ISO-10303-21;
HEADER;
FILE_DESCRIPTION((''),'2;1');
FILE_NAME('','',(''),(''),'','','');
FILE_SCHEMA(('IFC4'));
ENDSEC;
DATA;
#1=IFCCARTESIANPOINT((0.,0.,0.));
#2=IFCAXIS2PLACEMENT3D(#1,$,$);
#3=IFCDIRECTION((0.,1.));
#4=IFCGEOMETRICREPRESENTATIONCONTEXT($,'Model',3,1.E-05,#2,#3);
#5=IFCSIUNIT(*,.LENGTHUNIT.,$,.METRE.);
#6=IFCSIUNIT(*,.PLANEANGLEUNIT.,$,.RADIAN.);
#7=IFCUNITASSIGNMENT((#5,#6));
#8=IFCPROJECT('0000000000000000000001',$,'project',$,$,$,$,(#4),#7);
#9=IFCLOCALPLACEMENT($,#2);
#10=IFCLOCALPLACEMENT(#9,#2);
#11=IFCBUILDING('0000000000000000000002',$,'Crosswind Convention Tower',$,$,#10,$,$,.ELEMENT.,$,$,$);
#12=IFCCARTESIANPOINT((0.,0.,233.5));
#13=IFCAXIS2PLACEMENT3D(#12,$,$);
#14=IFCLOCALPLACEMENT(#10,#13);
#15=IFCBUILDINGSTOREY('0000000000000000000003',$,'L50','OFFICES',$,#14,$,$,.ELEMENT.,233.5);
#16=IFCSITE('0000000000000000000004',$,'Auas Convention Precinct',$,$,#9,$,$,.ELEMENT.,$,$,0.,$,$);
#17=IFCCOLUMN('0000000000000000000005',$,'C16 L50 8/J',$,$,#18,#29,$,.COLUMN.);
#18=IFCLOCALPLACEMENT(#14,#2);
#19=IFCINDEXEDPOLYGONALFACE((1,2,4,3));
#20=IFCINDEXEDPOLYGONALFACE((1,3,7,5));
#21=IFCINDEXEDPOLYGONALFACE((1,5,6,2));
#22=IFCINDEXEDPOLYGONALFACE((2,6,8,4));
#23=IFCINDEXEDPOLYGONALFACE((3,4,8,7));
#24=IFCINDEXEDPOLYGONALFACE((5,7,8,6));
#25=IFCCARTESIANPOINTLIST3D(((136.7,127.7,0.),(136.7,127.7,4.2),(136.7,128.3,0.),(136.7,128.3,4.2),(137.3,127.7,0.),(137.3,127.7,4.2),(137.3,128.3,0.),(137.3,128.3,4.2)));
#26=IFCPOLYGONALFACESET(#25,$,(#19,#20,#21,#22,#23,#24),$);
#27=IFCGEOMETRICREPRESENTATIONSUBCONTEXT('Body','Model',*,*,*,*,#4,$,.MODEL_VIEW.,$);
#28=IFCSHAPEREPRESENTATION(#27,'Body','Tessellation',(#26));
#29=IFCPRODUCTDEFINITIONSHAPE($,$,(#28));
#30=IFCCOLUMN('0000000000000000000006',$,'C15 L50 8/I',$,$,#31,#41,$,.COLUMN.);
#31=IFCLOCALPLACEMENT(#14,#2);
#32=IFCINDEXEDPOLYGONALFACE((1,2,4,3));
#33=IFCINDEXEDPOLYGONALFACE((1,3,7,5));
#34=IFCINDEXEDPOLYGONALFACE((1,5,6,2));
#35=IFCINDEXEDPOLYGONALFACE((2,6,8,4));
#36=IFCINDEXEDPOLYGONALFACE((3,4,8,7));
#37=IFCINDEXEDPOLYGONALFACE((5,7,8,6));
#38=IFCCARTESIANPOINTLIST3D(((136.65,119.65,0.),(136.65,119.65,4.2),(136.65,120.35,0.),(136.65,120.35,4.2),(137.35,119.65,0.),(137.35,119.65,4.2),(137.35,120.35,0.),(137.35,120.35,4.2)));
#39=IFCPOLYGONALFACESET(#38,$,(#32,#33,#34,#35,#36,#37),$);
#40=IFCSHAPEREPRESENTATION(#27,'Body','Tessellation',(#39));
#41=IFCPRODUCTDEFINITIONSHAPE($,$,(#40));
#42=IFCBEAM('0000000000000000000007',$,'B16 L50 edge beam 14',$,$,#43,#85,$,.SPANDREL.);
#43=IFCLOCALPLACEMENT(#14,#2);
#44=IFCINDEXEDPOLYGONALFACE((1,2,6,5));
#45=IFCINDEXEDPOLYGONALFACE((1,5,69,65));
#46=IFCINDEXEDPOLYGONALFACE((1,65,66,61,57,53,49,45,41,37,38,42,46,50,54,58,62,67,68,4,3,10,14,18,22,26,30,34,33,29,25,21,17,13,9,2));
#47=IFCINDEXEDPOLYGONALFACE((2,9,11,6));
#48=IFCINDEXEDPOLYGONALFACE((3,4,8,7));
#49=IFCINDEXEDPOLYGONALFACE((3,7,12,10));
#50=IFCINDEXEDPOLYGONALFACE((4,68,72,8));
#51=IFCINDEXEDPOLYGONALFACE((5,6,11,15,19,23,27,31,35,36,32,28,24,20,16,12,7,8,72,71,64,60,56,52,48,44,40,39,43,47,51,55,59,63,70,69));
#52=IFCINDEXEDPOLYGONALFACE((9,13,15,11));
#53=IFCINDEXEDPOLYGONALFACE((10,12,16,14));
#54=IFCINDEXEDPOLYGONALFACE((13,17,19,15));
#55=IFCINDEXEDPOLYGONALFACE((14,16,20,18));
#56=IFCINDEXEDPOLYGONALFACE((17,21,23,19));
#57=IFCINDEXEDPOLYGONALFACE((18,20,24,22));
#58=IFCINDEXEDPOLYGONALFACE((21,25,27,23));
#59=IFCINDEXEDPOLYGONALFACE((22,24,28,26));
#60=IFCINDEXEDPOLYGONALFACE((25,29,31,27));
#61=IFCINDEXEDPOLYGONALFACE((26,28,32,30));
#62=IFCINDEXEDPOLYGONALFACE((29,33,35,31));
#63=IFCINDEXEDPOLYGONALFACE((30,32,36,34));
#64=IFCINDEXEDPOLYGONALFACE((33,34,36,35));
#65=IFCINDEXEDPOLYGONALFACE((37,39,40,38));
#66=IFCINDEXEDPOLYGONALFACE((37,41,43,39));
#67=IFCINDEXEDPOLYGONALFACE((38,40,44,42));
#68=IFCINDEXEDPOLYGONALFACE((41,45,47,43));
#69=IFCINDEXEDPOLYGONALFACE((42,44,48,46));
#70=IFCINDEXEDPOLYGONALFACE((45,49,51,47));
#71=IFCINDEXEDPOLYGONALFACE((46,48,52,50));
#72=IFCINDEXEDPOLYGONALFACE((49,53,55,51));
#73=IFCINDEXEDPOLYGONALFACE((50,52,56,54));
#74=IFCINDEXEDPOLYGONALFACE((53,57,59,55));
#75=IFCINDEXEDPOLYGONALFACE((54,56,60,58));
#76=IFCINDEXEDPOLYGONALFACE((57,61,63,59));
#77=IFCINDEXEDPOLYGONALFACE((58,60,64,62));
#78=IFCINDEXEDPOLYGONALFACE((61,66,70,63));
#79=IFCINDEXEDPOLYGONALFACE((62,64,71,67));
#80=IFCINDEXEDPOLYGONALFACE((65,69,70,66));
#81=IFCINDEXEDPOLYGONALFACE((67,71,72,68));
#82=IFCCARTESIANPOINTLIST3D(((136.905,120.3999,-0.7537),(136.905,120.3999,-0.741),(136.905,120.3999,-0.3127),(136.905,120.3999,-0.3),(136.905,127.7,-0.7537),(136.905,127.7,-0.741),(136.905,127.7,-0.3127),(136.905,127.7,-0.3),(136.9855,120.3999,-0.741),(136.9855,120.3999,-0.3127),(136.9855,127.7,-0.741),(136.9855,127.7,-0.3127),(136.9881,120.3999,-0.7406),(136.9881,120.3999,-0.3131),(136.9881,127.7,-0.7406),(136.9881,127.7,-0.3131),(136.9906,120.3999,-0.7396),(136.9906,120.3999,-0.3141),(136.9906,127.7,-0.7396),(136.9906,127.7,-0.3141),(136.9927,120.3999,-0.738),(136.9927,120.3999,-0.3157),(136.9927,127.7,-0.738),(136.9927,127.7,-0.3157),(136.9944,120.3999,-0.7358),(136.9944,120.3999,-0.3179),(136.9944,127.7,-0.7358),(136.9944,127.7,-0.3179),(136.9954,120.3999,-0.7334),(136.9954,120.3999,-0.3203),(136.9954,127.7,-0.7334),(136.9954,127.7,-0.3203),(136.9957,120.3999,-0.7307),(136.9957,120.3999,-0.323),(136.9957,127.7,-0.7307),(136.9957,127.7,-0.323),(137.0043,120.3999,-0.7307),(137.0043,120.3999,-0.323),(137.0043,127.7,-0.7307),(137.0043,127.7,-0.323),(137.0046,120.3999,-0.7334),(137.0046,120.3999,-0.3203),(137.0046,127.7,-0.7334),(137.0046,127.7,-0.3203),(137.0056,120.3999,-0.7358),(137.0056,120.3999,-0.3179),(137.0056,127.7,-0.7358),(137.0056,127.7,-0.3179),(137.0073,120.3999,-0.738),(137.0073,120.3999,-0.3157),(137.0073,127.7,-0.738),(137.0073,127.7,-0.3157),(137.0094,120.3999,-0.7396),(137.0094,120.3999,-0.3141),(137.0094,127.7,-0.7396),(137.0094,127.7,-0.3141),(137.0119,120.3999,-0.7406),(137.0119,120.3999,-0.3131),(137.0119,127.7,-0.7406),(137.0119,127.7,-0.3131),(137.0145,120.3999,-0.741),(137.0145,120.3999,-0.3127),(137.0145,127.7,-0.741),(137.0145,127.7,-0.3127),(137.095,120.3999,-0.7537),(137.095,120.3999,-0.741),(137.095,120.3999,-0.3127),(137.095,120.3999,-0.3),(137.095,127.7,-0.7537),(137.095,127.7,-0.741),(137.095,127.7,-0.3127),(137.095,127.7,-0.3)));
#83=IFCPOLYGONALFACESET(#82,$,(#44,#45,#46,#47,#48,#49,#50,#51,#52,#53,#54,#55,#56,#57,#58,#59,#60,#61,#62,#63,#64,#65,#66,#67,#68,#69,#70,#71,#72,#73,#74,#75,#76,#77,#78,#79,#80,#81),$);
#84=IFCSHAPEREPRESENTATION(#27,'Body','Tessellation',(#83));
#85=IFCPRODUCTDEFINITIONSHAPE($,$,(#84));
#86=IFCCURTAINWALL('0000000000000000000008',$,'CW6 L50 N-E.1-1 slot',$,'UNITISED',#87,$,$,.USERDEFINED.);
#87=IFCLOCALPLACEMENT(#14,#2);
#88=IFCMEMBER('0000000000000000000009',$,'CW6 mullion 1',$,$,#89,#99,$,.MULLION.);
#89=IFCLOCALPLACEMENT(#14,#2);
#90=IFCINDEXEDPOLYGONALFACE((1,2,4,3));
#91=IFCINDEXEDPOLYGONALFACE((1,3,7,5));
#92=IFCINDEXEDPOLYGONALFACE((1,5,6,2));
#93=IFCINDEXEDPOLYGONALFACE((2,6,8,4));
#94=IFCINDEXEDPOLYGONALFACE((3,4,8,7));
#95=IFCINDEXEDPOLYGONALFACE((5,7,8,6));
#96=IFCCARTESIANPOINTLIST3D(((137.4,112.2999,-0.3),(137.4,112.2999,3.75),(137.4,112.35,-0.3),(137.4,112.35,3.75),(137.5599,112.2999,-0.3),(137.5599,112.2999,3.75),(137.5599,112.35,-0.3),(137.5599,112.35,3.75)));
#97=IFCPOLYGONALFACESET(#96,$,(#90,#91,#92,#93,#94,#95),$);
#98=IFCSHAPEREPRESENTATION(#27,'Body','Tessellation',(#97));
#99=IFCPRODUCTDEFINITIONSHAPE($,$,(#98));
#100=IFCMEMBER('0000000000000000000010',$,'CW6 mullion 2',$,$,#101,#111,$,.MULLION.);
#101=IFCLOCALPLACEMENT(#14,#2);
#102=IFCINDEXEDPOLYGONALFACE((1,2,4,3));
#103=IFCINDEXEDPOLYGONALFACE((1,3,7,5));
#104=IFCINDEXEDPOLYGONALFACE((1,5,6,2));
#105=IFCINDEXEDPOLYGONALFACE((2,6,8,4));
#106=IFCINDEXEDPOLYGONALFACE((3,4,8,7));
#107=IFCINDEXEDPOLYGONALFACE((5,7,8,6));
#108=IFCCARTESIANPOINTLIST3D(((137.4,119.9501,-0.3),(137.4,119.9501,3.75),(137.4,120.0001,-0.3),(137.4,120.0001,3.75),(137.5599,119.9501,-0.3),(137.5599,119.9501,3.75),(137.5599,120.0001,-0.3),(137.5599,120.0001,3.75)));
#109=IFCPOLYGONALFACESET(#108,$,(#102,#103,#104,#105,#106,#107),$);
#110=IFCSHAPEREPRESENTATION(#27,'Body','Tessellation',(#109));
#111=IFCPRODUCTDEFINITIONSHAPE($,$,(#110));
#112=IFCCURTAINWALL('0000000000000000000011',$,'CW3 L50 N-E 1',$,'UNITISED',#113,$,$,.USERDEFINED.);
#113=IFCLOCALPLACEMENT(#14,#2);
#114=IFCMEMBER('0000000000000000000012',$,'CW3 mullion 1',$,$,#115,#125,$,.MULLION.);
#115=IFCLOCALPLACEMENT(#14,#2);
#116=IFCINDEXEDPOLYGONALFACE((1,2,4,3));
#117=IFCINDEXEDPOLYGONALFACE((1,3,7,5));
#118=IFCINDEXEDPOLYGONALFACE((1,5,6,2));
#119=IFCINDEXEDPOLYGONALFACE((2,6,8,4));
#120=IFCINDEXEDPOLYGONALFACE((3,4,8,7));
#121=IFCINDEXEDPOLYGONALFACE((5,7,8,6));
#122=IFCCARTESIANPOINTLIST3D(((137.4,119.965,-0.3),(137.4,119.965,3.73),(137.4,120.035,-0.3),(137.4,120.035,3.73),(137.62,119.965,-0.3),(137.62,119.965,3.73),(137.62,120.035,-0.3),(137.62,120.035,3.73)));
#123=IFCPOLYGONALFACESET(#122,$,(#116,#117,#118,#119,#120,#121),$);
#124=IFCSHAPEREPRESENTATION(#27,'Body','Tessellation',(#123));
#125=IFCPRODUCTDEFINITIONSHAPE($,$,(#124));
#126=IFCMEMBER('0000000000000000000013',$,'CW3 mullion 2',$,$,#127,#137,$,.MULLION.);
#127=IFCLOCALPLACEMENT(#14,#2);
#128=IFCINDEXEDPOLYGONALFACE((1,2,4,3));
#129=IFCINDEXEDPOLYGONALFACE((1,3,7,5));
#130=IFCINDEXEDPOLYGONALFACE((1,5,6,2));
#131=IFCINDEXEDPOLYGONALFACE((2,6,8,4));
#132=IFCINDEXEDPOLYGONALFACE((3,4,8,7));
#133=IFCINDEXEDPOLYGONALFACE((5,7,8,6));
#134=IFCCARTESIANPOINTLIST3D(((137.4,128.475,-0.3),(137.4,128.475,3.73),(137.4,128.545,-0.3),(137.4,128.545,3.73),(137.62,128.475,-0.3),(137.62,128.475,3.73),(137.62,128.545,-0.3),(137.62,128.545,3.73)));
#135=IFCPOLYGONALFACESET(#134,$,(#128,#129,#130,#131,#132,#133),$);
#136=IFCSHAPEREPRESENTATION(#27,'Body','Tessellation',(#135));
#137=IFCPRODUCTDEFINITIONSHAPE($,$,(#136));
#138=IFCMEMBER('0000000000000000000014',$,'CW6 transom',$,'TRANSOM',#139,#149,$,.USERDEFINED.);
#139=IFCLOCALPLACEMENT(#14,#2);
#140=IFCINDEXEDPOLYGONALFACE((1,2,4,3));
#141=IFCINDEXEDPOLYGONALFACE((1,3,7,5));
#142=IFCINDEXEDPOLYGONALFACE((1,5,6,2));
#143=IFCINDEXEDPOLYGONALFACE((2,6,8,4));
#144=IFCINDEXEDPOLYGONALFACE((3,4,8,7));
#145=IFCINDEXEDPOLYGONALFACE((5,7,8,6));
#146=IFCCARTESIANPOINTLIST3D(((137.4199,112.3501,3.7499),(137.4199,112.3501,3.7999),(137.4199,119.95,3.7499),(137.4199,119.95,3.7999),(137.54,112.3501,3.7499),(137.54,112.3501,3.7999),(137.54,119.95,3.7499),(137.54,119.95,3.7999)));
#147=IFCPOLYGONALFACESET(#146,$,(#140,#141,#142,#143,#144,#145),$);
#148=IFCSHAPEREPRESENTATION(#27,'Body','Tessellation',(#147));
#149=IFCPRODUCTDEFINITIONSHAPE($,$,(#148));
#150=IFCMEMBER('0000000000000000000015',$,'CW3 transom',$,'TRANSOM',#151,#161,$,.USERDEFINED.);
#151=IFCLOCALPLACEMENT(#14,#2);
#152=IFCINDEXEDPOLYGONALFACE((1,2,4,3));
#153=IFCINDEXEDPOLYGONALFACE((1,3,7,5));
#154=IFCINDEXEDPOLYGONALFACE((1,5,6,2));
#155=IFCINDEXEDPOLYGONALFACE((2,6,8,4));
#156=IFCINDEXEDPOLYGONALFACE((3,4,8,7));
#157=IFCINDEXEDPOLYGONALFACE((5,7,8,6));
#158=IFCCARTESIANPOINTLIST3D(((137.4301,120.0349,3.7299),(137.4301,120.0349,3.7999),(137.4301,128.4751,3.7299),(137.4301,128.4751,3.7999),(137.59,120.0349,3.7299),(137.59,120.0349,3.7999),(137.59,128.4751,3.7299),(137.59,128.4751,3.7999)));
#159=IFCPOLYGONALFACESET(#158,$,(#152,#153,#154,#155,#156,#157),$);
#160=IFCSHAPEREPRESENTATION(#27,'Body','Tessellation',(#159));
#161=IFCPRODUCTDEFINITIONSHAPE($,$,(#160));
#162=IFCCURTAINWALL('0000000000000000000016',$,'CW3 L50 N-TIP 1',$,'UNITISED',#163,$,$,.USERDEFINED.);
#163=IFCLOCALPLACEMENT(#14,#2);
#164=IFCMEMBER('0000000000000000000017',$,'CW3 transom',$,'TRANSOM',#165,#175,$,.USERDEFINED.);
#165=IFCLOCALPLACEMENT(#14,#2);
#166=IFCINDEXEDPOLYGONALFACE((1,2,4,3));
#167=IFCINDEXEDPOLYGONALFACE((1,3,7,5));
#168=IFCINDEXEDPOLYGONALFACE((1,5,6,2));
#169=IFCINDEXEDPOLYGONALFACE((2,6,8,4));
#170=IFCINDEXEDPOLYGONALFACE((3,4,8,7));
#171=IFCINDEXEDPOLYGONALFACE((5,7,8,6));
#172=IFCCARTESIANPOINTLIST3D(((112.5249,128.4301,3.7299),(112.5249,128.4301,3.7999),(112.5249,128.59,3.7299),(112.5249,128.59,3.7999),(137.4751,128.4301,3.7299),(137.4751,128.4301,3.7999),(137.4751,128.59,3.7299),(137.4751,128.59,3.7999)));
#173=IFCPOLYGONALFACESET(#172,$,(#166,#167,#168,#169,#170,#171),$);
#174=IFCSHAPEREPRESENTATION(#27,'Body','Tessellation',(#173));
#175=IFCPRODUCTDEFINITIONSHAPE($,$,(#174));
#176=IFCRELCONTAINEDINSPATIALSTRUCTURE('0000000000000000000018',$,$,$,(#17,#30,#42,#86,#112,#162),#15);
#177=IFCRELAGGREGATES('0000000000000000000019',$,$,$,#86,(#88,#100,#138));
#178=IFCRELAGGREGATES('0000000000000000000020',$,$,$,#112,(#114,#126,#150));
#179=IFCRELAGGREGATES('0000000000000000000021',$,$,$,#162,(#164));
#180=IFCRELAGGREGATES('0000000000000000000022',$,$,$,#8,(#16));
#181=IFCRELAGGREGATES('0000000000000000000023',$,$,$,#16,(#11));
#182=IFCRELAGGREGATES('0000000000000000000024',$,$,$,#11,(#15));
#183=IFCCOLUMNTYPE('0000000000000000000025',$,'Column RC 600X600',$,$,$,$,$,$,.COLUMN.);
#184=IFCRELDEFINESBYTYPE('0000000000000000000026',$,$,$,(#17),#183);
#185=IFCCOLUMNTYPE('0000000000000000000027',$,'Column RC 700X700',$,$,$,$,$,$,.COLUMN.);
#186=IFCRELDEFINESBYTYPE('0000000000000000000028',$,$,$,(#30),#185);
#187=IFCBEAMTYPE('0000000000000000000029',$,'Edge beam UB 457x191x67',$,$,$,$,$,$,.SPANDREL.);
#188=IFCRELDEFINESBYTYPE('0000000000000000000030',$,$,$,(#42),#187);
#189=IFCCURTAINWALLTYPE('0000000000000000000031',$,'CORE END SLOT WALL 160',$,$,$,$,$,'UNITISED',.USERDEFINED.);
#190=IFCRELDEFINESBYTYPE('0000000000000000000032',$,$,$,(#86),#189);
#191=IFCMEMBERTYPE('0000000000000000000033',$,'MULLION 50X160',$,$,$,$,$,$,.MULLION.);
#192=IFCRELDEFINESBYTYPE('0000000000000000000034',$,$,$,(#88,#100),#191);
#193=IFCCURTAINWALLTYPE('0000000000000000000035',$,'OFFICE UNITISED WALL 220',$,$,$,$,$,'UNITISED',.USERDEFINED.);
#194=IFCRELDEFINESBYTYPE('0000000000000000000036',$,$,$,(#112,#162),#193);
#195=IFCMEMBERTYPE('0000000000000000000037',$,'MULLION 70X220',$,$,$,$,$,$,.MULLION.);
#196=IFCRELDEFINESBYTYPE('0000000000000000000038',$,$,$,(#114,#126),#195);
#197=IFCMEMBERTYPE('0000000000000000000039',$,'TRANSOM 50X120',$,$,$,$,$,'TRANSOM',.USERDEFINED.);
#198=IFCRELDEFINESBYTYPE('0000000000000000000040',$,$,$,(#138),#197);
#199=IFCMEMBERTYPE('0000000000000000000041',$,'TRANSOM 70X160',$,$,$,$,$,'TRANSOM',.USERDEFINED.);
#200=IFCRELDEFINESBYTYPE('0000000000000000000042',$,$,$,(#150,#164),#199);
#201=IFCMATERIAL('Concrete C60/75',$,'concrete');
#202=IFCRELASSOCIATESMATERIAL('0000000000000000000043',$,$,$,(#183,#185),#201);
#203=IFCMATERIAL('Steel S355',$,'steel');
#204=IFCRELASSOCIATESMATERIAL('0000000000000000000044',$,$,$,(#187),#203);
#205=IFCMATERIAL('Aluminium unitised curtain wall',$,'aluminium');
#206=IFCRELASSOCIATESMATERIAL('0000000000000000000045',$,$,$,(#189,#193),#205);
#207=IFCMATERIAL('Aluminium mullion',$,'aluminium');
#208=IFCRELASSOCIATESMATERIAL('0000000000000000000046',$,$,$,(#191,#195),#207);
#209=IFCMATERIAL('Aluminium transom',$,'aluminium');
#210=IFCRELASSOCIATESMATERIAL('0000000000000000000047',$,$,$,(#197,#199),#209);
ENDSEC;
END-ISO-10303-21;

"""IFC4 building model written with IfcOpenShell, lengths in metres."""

from ifc_helpers import new_model, si_unit, direction, frame, origin, origin_2d, place, context, subcontext, project, spatial, rectangle, i_section, extrude, material, material_profile, profile_set, type_object, element, aggregate, save


model = new_model("IFC4")

# Units and contexts
model_context = context("Model", 3, precision=1e-05, world=origin(), true_north=direction((0.0, 1.0)))
body_context = subcontext(model_context, "Body", "Model", "MODEL_VIEW")
ifc_project = project(units=[si_unit("LENGTHUNIT", "METRE"), si_unit("PLANEANGLEUNIT", "RADIAN")], contexts=[model_context])

# Site, building, storey
site_placement = place(None, origin())
site = spatial("IfcSite", under=ifc_project, at=site_placement, Name="Auas Convention Precinct", CompositionType="ELEMENT", RefElevation=0.0)
building_placement = place(site_placement, origin())
building = spatial("IfcBuilding", under=site, at=building_placement, Name="Crosswind Convention Tower", CompositionType="ELEMENT")
storey_placement = place(building_placement, frame((0.0, 0.0, 233.5)))
storey = spatial("IfcBuildingStorey", under=building, at=storey_placement, Name="L50", Description="OFFICES", CompositionType="ELEMENT", Elevation=233.5)

# Columns
ifc_material_1 = material(Name="Concrete C60/75", Category="concrete")
ifc_material_profile_1 = material_profile(ifc_material_1, rectangle(XDim=0.6001, YDim=0.6001, at=origin_2d()), Name="RC 600X600")
ifc_profile_set_1 = profile_set([ifc_material_profile_1], Name="Concrete C60/75")
column_type_1 = type_object("IfcColumnType", Name="Column RC 600X600", PredefinedType="COLUMN", material=ifc_profile_set_1)
column_1_placement = place(storey_placement, frame((137.0, 128.0, 0.0), z_axis=(0.0, 0.0, 1.0), x_axis=(1.0, 0.0, 0.0)))
element("IfcColumn", 1, at=column_1_placement, inside=storey, type_object=column_type_1, Name="C16 L50 8/J", PredefinedType="COLUMN", context=body_context, shape_type="SweptSolid", body=[
    extrude(rectangle(XDim=0.6001, YDim=0.6001, at=origin_2d()), origin(), (0.0, 0.0, 1.0), 4.2),
])
ifc_material_profile_2 = material_profile(ifc_material_1, rectangle(XDim=0.7, YDim=0.7, at=origin_2d()), Name="RC 700X700")
ifc_profile_set_2 = profile_set([ifc_material_profile_2], Name="Concrete C60/75")
column_type_2 = type_object("IfcColumnType", Name="Column RC 700X700", PredefinedType="COLUMN", material=ifc_profile_set_2)
column_2_placement = place(storey_placement, frame((137.0, 120.0, 0.0), z_axis=(0.0, 0.0, 1.0), x_axis=(1.0, 0.0, 0.0)))
element("IfcColumn", 2, at=column_2_placement, inside=storey, type_object=column_type_2, Name="C15 L50 8/I", PredefinedType="COLUMN", context=body_context, shape_type="SweptSolid", body=[
    extrude(rectangle(XDim=0.7, YDim=0.7, at=origin_2d()), origin(), (0.0, 0.0, 1.0), 4.2),
])

# Beam
ifc_material_2 = material(Name="Steel S355", Category="steel")
ifc_material_profile_3 = material_profile(ifc_material_2, i_section(OverallWidth=0.1899, OverallDepth=0.4536, WebThickness=0.0085, FlangeThickness=0.0127, FilletRadius=0.0103, at=origin_2d()), Name="UB 457x191x67")
ifc_profile_set_3 = profile_set([ifc_material_profile_3], Name="Steel S355")
beam_type = type_object("IfcBeamType", Name="Edge beam UB 457x191x67", PredefinedType="SPANDREL", material=ifc_profile_set_3)
beam_placement = place(storey_placement, frame((137.0, 120.3999, -0.5269), z_axis=(0.0, 1.0, 0.0), x_axis=(-1.0, 0.0, 0.0)))
element("IfcBeam", 3, at=beam_placement, inside=storey, type_object=beam_type, Name="B16 L50 edge beam 14", PredefinedType="SPANDREL", context=body_context, shape_type="SweptSolid", body=[
    extrude(i_section(OverallWidth=0.1899, OverallDepth=0.4536, WebThickness=0.0085, FlangeThickness=0.0127, FilletRadius=0.0103, at=origin_2d()), origin(), (0.0, 0.0, 1.0), 7.3),
])

# Curtain walls, members
ifc_material_3 = material(Name="Aluminium unitised curtain wall", Category="aluminium")
curtain_wall_type_1 = type_object("IfcCurtainWallType", Name="CORE END SLOT WALL 160", ElementType="UNITISED", PredefinedType="USERDEFINED", material=ifc_material_3)
curtain_wall_1_placement = place(storey_placement, origin())
curtain_wall_1 = element("IfcCurtainWall", 4, at=curtain_wall_1_placement, inside=storey, type_object=curtain_wall_type_1, Name="CW6 L50 N-E.1-1 slot", ObjectType="UNITISED", PredefinedType="USERDEFINED")
ifc_material_4 = material(Name="Aluminium mullion", Category="aluminium")
ifc_material_profile_4 = material_profile(ifc_material_4, rectangle(XDim=0.1599, YDim=0.05, at=origin_2d()), Name="AL 160X50")
ifc_profile_set_4 = profile_set([ifc_material_profile_4], Name="Aluminium mullion")
member_type_1 = type_object("IfcMemberType", Name="MULLION 50X160", PredefinedType="MULLION", material=ifc_profile_set_4)
member_1_placement = place(storey_placement, frame((137.48, 112.325, -0.3), z_axis=(0.0, 0.0, 1.0), x_axis=(1.0, 0.0, 0.0)))
member_1 = element("IfcMember", 5, at=member_1_placement, type_object=member_type_1, Name="CW6 mullion 1", PredefinedType="MULLION", context=body_context, shape_type="SweptSolid", body=[
    extrude(rectangle(XDim=0.1599, YDim=0.05, at=origin_2d()), origin(), (0.0, 0.0, 1.0), 4.05),
])
member_2_placement = place(storey_placement, frame((137.48, 119.9751, -0.3), z_axis=(0.0, 0.0, 1.0), x_axis=(1.0, 0.0, 0.0)))
member_2 = element("IfcMember", 6, at=member_2_placement, type_object=member_type_1, Name="CW6 mullion 2", PredefinedType="MULLION", context=body_context, shape_type="SweptSolid", body=[
    extrude(rectangle(XDim=0.1599, YDim=0.05, at=origin_2d()), origin(), (0.0, 0.0, 1.0), 4.05),
])
curtain_wall_type_2 = type_object("IfcCurtainWallType", Name="OFFICE UNITISED WALL 220", ElementType="UNITISED", PredefinedType="USERDEFINED", material=ifc_material_3)
curtain_wall_2_placement = place(storey_placement, origin())
curtain_wall_2 = element("IfcCurtainWall", 7, at=curtain_wall_2_placement, inside=storey, type_object=curtain_wall_type_2, Name="CW3 L50 N-E 1", ObjectType="UNITISED", PredefinedType="USERDEFINED")
ifc_material_profile_5 = material_profile(ifc_material_4, rectangle(XDim=0.22, YDim=0.0701, at=origin_2d()), Name="AL 220X70")
ifc_profile_set_5 = profile_set([ifc_material_profile_5], Name="Aluminium mullion")
member_type_2 = type_object("IfcMemberType", Name="MULLION 70X220", PredefinedType="MULLION", material=ifc_profile_set_5)
member_3_placement = place(storey_placement, frame((137.51, 120.0, -0.3), z_axis=(0.0, 0.0, 1.0), x_axis=(1.0, 0.0, 0.0)))
member_3 = element("IfcMember", 8, at=member_3_placement, type_object=member_type_2, Name="CW3 mullion 1", PredefinedType="MULLION", context=body_context, shape_type="SweptSolid", body=[
    extrude(rectangle(XDim=0.22, YDim=0.0701, at=origin_2d()), origin(), (0.0, 0.0, 1.0), 4.03),
])
member_4_placement = place(storey_placement, frame((137.51, 128.51, -0.3), z_axis=(0.0, 0.0, 1.0), x_axis=(1.0, 0.0, 0.0)))
member_4 = element("IfcMember", 9, at=member_4_placement, type_object=member_type_2, Name="CW3 mullion 2", PredefinedType="MULLION", context=body_context, shape_type="SweptSolid", body=[
    extrude(rectangle(XDim=0.22, YDim=0.0701, at=origin_2d()), origin(), (0.0, 0.0, 1.0), 4.03),
])

# Members
ifc_material_5 = material(Name="Aluminium transom", Category="aluminium")
ifc_material_profile_6 = material_profile(ifc_material_5, rectangle(XDim=0.1201, YDim=0.05, at=origin_2d()), Name="AL 120X50")
ifc_profile_set_6 = profile_set([ifc_material_profile_6], Name="Aluminium transom")
member_type_3 = type_object("IfcMemberType", Name="TRANSOM 50X120", ElementType="TRANSOM", PredefinedType="USERDEFINED", material=ifc_profile_set_6)
member_5_placement = place(storey_placement, frame((137.48, 112.3501, 3.7749), z_axis=(0.0, 1.0, 0.0), x_axis=(-1.0, 0.0, 0.0)))
member_5 = element("IfcMember", 10, at=member_5_placement, type_object=member_type_3, Name="CW6 transom", ObjectType="TRANSOM", PredefinedType="USERDEFINED", context=body_context, shape_type="SweptSolid", body=[
    extrude(rectangle(XDim=0.1201, YDim=0.05, at=origin_2d()), origin(), (0.0, 0.0, 1.0), 7.5999),
])
ifc_material_profile_7 = material_profile(ifc_material_5, rectangle(XDim=0.1599, YDim=0.0701, at=origin_2d()), Name="AL 160X70")
ifc_profile_set_7 = profile_set([ifc_material_profile_7], Name="Aluminium transom")
member_type_4 = type_object("IfcMemberType", Name="TRANSOM 70X160", ElementType="TRANSOM", PredefinedType="USERDEFINED", material=ifc_profile_set_7)
member_6_placement = place(storey_placement, frame((137.51, 120.0349, 3.7649), z_axis=(0.0, 1.0, 0.0), x_axis=(-1.0, 0.0, 0.0)))
member_6 = element("IfcMember", 11, at=member_6_placement, type_object=member_type_4, Name="CW3 transom", ObjectType="TRANSOM", PredefinedType="USERDEFINED", context=body_context, shape_type="SweptSolid", body=[
    extrude(rectangle(XDim=0.1599, YDim=0.0701, at=origin_2d()), origin(), (0.0, 0.0, 1.0), 8.4402),
])

# Curtain wall, member
curtain_wall_3_placement = place(storey_placement, origin())
curtain_wall_3 = element("IfcCurtainWall", 12, at=curtain_wall_3_placement, inside=storey, type_object=curtain_wall_type_2, Name="CW3 L50 N-TIP 1", ObjectType="UNITISED", PredefinedType="USERDEFINED")
member_7_placement = place(storey_placement, frame((137.4751, 128.51, 3.7649), z_axis=(-1.0, 0.0, 0.0), x_axis=(0.0, -1.0, 0.0)))
member_7 = element("IfcMember", 13, at=member_7_placement, type_object=member_type_4, Name="CW3 transom", ObjectType="TRANSOM", PredefinedType="USERDEFINED", context=body_context, shape_type="SweptSolid", body=[
    extrude(rectangle(XDim=0.1599, YDim=0.0701, at=origin_2d()), origin(), (0.0, 0.0, 1.0), 24.9502),
])

aggregate(curtain_wall_1, [member_1, member_2, member_5])

aggregate(curtain_wall_2, [member_3, member_4, member_6])
aggregate(curtain_wall_3, [member_7])

save(model, "model.ifc")
